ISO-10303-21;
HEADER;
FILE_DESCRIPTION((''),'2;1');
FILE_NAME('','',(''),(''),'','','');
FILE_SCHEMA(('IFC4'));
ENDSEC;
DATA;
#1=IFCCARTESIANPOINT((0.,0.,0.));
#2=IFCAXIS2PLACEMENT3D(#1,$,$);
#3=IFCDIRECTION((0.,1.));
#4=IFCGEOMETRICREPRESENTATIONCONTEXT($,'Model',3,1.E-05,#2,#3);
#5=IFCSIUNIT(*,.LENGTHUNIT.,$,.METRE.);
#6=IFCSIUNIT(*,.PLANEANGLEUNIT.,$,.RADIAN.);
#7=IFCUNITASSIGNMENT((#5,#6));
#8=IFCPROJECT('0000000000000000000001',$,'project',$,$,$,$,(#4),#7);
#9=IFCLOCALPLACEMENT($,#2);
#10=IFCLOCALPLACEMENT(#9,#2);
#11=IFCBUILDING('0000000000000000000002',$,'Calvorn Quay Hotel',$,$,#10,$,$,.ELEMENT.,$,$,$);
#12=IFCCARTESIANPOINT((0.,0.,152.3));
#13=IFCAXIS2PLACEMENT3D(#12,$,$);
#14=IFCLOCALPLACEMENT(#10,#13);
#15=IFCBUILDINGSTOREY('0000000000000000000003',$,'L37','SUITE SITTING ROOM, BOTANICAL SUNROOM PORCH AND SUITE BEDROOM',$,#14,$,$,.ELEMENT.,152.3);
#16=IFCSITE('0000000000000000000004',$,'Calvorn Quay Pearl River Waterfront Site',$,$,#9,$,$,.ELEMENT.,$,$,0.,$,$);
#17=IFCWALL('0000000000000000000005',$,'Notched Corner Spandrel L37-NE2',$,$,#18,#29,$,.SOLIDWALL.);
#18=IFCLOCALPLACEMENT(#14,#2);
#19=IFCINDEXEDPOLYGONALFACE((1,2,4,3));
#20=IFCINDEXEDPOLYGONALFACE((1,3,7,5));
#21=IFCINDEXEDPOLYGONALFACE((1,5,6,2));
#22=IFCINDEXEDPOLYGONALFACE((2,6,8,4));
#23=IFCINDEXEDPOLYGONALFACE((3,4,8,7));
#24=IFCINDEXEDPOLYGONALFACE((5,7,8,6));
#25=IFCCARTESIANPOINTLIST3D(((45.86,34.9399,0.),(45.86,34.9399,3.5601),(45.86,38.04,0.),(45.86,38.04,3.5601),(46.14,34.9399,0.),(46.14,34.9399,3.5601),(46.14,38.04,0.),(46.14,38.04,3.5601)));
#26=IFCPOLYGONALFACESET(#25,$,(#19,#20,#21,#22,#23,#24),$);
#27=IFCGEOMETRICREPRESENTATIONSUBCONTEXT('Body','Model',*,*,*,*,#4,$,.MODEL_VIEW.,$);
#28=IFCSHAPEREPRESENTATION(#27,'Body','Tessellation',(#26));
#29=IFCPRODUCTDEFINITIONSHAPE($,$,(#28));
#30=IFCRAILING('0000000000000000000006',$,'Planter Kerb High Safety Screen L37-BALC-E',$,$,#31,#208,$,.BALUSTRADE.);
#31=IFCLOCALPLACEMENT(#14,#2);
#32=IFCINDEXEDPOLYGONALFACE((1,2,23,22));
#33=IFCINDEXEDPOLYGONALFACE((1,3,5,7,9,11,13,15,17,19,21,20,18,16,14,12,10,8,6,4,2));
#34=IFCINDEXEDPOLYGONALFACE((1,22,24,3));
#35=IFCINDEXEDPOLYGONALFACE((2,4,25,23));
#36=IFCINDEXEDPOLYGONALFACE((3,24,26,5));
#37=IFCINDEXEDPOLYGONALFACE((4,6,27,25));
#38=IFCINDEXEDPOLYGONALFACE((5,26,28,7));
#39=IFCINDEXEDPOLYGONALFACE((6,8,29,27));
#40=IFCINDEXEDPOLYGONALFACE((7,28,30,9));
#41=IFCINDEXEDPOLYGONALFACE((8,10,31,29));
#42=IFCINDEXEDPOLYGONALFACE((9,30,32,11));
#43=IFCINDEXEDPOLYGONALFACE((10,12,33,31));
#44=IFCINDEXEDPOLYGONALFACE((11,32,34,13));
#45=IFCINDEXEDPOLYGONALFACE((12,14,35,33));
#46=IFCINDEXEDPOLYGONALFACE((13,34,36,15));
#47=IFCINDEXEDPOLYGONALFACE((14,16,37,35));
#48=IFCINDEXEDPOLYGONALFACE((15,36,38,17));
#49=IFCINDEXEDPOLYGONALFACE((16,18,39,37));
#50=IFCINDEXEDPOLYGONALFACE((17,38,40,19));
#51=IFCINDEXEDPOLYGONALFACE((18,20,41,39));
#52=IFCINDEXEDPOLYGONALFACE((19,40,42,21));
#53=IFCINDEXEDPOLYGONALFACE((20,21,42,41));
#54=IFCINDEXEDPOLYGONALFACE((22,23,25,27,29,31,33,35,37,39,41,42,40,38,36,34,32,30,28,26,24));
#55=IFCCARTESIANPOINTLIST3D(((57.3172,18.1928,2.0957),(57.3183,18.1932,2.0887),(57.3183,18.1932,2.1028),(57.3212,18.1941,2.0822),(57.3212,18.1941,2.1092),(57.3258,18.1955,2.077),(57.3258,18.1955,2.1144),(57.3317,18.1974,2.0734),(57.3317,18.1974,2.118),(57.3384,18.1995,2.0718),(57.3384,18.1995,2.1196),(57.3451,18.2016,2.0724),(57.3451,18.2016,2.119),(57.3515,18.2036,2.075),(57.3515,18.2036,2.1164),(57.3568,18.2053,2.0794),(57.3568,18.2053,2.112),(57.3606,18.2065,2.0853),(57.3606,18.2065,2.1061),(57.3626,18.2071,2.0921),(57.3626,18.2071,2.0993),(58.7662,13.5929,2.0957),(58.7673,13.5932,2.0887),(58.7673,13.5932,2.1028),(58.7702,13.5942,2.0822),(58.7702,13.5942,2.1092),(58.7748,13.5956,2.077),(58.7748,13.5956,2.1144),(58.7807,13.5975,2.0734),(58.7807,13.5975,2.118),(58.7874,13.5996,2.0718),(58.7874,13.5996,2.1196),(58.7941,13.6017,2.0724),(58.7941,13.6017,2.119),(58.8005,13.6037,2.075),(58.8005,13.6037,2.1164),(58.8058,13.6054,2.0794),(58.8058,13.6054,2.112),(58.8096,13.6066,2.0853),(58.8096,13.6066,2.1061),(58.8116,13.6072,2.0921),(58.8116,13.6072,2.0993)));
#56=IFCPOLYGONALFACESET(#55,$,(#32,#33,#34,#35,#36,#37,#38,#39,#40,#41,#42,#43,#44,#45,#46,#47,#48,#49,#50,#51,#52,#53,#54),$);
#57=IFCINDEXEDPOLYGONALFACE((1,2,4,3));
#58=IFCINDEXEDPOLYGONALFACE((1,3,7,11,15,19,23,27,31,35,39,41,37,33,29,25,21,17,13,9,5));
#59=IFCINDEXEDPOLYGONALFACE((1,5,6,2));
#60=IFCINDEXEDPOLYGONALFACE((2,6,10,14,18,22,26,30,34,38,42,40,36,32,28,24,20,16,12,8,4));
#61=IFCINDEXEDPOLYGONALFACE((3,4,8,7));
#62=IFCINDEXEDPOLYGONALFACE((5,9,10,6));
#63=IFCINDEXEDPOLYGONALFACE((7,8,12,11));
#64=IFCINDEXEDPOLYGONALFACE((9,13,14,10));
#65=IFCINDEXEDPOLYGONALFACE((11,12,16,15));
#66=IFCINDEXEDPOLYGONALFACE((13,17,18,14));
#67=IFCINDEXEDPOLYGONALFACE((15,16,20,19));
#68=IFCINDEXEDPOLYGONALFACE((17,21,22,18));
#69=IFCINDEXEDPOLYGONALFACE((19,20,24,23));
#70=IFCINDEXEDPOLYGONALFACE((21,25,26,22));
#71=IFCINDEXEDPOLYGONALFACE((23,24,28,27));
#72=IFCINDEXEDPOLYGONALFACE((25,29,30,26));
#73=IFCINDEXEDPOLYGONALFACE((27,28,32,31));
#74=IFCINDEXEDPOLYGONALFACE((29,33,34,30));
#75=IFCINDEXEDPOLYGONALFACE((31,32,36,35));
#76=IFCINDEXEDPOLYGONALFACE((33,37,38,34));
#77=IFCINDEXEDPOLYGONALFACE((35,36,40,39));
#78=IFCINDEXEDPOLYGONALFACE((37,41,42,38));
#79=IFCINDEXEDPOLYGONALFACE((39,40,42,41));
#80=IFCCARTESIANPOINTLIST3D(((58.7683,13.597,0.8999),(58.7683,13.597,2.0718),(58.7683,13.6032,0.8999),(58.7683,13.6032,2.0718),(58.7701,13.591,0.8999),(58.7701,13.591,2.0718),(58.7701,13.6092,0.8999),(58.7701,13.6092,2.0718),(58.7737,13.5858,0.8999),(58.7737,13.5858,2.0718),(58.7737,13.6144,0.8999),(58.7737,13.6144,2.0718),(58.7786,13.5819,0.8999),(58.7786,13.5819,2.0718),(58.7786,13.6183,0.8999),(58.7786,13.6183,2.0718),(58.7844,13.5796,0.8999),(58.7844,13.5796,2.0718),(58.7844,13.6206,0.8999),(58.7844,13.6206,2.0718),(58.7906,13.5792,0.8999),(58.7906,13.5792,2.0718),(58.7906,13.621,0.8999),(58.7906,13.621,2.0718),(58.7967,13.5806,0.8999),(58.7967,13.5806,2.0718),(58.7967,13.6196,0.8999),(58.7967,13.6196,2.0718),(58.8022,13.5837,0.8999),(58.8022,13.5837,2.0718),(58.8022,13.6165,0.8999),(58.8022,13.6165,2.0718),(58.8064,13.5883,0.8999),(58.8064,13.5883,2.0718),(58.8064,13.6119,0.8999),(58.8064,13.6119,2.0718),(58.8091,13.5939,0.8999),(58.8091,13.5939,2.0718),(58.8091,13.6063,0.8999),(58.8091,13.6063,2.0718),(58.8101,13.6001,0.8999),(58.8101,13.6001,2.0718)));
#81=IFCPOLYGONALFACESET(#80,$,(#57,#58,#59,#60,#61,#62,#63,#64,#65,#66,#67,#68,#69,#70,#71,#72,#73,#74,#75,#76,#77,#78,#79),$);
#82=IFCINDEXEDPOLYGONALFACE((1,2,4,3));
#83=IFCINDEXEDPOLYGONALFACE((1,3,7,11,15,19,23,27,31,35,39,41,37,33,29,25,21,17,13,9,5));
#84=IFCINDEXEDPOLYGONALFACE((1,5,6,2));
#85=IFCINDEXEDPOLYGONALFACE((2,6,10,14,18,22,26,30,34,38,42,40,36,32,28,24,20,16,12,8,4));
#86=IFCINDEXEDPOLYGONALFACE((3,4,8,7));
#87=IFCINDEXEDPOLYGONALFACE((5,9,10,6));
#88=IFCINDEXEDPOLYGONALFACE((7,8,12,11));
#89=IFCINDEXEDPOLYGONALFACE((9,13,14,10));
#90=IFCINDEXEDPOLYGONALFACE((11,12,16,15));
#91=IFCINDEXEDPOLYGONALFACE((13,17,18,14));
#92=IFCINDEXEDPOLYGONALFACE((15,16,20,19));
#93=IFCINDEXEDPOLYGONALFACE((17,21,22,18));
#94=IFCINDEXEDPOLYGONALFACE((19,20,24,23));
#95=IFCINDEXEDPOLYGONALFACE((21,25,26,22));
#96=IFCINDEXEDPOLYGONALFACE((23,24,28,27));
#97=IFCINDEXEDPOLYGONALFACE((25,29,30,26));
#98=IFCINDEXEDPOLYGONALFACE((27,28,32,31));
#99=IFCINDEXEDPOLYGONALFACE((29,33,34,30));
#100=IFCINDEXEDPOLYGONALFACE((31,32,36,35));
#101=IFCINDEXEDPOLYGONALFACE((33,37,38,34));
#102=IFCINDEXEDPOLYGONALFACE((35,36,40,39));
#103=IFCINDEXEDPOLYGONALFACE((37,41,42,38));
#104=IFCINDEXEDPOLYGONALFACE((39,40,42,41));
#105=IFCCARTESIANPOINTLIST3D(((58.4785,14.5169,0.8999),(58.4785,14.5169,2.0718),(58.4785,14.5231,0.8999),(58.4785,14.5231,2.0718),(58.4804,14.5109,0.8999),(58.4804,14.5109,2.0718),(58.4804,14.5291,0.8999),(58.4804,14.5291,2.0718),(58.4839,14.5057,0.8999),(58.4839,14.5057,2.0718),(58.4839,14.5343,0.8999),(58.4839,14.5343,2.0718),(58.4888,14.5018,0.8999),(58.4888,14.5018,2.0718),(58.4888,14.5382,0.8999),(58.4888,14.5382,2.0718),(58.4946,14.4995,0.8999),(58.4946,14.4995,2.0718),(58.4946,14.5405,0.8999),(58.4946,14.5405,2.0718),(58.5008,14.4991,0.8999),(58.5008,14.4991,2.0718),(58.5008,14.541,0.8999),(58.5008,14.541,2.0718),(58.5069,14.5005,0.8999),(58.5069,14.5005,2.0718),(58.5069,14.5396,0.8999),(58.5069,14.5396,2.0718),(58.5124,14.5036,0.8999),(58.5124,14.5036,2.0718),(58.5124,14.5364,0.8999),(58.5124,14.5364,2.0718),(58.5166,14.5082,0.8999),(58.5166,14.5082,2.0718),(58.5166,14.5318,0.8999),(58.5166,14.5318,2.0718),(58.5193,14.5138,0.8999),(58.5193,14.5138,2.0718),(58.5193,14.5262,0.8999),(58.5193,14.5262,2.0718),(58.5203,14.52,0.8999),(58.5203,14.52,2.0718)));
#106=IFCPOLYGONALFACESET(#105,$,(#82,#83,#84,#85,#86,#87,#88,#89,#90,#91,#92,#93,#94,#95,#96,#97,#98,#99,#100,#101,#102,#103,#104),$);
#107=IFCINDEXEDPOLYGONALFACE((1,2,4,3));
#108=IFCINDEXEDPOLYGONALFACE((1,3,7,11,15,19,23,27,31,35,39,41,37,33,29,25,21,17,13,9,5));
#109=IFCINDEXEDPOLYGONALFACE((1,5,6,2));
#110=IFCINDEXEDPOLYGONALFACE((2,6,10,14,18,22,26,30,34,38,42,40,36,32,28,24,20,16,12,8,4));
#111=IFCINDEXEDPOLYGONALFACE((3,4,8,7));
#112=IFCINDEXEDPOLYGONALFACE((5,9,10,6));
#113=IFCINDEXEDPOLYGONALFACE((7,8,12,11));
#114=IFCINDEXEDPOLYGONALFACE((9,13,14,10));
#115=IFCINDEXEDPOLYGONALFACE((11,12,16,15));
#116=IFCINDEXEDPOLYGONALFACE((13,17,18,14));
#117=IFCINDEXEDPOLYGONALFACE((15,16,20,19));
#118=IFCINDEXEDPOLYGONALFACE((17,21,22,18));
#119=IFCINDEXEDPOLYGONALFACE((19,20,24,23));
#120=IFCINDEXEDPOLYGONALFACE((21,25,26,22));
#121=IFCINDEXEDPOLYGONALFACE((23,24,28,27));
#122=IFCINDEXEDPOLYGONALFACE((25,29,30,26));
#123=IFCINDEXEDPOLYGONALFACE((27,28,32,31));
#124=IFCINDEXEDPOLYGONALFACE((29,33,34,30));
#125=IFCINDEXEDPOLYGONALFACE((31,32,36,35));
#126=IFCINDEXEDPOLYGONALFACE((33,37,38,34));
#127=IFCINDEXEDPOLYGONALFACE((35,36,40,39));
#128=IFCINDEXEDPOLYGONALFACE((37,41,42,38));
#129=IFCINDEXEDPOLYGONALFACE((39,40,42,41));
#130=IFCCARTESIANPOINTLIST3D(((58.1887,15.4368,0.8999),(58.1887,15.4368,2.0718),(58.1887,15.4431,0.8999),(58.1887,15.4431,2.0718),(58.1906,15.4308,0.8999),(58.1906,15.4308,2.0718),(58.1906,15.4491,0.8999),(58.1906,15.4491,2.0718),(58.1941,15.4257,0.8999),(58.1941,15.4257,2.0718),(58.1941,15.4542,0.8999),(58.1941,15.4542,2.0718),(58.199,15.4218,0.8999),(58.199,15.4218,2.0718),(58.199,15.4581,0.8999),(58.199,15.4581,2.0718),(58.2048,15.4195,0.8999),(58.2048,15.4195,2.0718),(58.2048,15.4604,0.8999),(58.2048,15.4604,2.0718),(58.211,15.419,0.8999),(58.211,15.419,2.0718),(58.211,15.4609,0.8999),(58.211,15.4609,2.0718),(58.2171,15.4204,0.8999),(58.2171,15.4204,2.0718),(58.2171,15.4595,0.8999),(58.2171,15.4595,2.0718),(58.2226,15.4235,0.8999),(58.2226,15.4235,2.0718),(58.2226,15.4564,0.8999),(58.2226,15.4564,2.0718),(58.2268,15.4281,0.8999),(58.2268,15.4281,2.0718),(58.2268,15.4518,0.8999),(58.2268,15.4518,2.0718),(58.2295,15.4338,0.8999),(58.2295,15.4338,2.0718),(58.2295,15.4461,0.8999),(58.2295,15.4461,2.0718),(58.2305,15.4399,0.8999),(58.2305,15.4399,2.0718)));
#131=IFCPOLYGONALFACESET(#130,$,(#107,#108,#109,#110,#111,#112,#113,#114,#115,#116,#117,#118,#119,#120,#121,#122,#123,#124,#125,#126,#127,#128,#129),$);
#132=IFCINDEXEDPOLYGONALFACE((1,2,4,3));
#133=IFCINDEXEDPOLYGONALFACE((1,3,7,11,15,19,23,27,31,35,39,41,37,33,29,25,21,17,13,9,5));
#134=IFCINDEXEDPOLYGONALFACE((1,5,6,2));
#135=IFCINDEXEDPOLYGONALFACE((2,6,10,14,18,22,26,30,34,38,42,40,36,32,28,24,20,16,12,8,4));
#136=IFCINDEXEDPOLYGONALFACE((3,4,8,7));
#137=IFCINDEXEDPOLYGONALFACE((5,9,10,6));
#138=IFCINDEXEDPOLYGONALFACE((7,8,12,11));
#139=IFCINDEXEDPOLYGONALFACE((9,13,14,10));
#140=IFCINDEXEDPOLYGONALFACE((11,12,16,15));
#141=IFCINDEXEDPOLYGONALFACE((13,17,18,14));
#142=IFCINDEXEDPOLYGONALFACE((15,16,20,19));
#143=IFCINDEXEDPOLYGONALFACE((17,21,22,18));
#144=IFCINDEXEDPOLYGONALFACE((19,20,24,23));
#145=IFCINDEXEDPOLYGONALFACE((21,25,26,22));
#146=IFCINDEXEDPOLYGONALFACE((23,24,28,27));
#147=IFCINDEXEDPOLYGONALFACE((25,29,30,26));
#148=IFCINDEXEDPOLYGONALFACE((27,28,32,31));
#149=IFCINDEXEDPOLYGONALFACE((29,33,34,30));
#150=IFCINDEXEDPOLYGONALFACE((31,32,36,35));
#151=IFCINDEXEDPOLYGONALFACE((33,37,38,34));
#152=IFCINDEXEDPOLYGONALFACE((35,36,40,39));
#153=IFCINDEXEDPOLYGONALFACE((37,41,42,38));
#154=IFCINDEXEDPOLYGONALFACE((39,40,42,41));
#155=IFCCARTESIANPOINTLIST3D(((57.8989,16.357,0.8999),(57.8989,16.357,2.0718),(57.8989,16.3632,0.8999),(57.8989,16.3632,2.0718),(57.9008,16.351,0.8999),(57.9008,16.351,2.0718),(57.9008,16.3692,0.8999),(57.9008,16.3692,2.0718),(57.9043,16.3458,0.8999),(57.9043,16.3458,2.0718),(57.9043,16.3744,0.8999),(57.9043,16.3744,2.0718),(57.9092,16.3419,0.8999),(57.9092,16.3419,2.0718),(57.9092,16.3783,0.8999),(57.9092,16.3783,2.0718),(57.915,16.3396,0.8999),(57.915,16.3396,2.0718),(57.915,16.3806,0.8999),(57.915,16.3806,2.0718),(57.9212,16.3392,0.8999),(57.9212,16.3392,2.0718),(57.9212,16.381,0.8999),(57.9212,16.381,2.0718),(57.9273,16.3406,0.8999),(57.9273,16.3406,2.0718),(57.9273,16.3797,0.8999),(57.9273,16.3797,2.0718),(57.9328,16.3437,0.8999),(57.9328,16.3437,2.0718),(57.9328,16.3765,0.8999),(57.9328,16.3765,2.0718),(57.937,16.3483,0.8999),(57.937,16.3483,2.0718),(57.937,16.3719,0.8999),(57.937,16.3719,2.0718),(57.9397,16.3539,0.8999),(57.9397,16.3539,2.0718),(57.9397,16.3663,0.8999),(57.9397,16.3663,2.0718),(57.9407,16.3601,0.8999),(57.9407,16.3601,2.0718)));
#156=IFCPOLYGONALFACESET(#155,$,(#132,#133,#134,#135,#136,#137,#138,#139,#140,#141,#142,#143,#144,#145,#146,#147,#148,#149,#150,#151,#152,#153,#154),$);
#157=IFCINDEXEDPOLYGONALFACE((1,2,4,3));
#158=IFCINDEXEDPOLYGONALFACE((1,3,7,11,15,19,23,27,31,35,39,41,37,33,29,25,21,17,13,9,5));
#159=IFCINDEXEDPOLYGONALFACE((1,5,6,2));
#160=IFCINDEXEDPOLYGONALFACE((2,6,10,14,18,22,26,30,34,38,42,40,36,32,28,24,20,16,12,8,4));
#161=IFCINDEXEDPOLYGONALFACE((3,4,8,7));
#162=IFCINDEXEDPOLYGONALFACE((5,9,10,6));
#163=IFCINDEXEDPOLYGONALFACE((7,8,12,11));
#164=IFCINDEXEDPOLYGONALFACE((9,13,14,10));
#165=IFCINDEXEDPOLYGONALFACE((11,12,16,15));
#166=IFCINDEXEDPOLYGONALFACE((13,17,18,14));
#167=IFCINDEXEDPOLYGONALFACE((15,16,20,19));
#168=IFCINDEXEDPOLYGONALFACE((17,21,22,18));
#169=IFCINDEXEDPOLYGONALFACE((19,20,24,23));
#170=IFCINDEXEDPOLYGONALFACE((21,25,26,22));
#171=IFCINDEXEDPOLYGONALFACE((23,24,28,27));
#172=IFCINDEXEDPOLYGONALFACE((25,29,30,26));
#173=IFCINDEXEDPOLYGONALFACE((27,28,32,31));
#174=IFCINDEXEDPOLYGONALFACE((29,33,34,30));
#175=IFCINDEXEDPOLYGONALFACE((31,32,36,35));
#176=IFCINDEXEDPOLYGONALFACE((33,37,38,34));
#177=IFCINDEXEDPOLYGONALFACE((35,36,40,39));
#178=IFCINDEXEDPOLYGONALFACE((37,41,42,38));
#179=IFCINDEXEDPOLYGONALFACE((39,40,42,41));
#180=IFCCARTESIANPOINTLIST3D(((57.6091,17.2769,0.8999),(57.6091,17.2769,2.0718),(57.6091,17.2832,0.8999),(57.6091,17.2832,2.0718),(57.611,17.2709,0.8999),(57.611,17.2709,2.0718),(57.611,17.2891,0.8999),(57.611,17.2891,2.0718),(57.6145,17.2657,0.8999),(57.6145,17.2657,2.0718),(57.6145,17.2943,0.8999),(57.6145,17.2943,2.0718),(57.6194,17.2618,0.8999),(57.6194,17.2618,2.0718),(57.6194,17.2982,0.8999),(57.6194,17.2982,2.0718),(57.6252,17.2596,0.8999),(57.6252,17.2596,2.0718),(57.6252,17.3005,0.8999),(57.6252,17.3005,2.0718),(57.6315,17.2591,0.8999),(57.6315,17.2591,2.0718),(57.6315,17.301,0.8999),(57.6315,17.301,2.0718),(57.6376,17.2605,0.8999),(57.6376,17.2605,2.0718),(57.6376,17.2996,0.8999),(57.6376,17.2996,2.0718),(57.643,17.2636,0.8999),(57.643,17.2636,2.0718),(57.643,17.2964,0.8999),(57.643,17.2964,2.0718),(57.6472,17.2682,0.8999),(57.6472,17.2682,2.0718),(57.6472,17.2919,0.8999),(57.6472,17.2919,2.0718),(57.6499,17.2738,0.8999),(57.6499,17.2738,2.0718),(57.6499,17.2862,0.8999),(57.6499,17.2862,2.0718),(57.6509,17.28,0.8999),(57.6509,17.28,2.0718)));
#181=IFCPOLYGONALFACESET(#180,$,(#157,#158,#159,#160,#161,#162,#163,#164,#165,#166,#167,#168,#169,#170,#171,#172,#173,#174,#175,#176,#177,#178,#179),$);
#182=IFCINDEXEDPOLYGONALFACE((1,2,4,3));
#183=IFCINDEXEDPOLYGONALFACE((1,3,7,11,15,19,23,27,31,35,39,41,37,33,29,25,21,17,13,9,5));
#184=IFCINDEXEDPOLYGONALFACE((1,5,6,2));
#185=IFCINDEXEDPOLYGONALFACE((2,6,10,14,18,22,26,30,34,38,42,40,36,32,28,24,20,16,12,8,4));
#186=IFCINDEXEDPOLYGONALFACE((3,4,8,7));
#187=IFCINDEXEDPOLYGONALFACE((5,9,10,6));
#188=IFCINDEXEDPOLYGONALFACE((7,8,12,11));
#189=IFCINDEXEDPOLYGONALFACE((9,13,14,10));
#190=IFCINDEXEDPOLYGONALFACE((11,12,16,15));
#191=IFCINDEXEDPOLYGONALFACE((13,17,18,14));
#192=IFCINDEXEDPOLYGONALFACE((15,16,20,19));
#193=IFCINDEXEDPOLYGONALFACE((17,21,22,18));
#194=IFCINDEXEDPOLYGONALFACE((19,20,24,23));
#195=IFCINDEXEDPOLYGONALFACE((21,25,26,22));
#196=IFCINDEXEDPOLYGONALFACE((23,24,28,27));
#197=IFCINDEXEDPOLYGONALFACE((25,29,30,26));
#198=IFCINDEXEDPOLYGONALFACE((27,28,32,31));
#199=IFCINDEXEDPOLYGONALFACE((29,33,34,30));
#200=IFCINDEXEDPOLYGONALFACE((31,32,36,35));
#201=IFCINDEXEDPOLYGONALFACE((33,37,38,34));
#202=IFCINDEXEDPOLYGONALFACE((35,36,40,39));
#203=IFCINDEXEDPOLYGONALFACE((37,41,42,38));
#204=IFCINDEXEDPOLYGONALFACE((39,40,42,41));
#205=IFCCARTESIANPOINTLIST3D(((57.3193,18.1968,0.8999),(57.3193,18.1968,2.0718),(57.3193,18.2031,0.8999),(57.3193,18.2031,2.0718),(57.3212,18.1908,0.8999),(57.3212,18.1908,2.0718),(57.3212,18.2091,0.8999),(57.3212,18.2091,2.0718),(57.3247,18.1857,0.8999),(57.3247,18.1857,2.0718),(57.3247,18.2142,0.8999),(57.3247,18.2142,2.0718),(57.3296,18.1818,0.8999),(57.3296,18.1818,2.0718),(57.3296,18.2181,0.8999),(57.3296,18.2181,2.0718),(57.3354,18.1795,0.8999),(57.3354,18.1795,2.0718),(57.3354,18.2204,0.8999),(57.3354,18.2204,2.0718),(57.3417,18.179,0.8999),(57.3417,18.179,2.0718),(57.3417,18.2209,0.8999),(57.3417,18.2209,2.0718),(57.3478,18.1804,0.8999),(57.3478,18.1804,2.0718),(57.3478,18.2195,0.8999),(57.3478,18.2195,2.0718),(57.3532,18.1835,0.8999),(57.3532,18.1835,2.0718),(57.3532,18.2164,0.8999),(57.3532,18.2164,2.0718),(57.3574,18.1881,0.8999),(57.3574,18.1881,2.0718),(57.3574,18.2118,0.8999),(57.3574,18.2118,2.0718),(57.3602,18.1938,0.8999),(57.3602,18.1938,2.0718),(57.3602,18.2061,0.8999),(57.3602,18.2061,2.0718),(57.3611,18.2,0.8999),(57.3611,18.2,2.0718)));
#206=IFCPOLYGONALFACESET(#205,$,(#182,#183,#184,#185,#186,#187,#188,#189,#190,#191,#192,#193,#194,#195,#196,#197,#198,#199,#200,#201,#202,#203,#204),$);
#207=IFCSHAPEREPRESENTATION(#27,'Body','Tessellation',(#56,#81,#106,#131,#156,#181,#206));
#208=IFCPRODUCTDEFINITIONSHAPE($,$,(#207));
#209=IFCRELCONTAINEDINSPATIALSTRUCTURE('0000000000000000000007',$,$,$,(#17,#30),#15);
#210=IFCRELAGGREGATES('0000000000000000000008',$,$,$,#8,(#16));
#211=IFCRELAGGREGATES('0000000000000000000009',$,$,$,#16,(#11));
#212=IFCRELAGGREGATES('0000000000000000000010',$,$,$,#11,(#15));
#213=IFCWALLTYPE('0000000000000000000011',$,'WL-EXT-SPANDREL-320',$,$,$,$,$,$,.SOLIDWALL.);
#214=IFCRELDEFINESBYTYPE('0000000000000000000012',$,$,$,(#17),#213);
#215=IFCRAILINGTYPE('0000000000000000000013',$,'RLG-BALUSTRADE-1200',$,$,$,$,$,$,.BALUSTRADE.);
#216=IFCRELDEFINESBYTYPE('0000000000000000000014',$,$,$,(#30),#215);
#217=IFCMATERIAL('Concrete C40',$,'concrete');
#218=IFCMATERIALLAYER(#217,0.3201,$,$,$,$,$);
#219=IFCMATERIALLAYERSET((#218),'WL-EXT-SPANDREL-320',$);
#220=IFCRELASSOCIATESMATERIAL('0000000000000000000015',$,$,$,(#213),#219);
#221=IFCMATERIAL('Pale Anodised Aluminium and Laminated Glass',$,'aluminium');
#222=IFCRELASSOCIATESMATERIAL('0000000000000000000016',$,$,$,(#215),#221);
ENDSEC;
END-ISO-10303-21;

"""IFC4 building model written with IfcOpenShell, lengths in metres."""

from ifc_helpers import new_model, si_unit, direction, frame, frame_2d, origin, origin_2d, place, context, subcontext, project, spatial, rectangle, circle, extrude, material, layer, layer_set, type_object, element, save


model = new_model("IFC4")

# Units and contexts
model_context = context("Model", 3, precision=1e-05, world=origin(), true_north=direction((0.0, 1.0)))
body_context = subcontext(model_context, "Body", "Model", "MODEL_VIEW")
ifc_project = project(units=[si_unit("LENGTHUNIT", "METRE"), si_unit("PLANEANGLEUNIT", "RADIAN")], contexts=[model_context])

# Site, building, storey
site_placement = place(None, origin())
site = spatial("IfcSite", under=ifc_project, at=site_placement, Name="Calvorn Quay Pearl River Waterfront Site", CompositionType="ELEMENT", RefElevation=0.0)
building_placement = place(site_placement, origin())
building = spatial("IfcBuilding", under=site, at=building_placement, Name="Calvorn Quay Hotel", CompositionType="ELEMENT")
storey_placement = place(building_placement, frame((0.0, 0.0, 152.3)))
storey = spatial("IfcBuildingStorey", under=building, at=storey_placement, Name="L37", Description="SUITE SITTING ROOM, BOTANICAL SUNROOM PORCH AND SUITE BEDROOM", CompositionType="ELEMENT", Elevation=152.3)

# Wall
ifc_material_1 = material(Name="Concrete C40", Category="concrete")
ifc_layer_1 = layer(ifc_material_1, 0.3201)
ifc_layer_set_1 = layer_set([ifc_layer_1], Name="WL-EXT-SPANDREL-320")
wall_type_1 = type_object("IfcWallType", Name="WL-EXT-SPANDREL-320", PredefinedType="SOLIDWALL", material=ifc_layer_set_1)
wall_1_placement = place(storey_placement, frame((46.0, 34.9399, 0.0), z_axis=(0.0, 0.0, 1.0), x_axis=(0.0, 1.0, 0.0)))
element("IfcWall", 1, at=wall_1_placement, inside=storey, type_object=wall_type_1, Name="Notched Corner Spandrel L37-NE2", PredefinedType="SOLIDWALL", context=body_context, shape_type="SweptSolid", body=[
    extrude(rectangle(XDim=3.1001, YDim=0.28, at=frame_2d((1.55, 0.0))), origin(), (0.0, 0.0, 1.0), 3.5601),
])

# Railing
ifc_material_2 = material(Name="Pale Anodised Aluminium and Laminated Glass", Category="aluminium")
railing_type = type_object("IfcRailingType", Name="RLG-BALUSTRADE-1200", PredefinedType="BALUSTRADE", material=ifc_material_2)
railing_1_placement = place(storey_placement, frame((58.7891, 13.6001, 0.8999)))
element("IfcRailing", 2, at=railing_1_placement, inside=storey, type_object=railing_type, Name="Planter Kerb High Safety Screen L37-BALC-E", PredefinedType="BALUSTRADE", context=body_context, shape_type="SweptSolid", body=[
    extrude(circle(Radius=0.0239, at=origin_2d()), frame((0.0, 0.0, 1.1958), z_axis=(-0.30045, 0.953797, 0.0), x_axis=(-0.953797, -0.30045, 0.0)), (0.0, 0.0, 1.0), 4.8228),
    extrude(circle(Radius=0.021, at=origin_2d()), origin(), (0.0, 0.0, 1.0), 1.1719),
    extrude(circle(Radius=0.021, at=origin_2d()), frame((-0.2898, 0.9199, 0.0)), (0.0, 0.0, 1.0), 1.1719),
    extrude(circle(Radius=0.021, at=origin_2d()), frame((-0.5796, 1.8398, 0.0)), (0.0, 0.0, 1.0), 1.1719),
    extrude(circle(Radius=0.021, at=origin_2d()), frame((-0.8694, 2.76, 0.0)), (0.0, 0.0, 1.0), 1.1719),
    extrude(circle(Radius=0.021, at=origin_2d()), frame((-1.1592, 3.6799, 0.0)), (0.0, 0.0, 1.0), 1.1719),
    extrude(circle(Radius=0.021, at=origin_2d()), frame((-1.449, 4.5999, 0.0)), (0.0, 0.0, 1.0), 1.1719),
])

save(model, "model.ifc")
